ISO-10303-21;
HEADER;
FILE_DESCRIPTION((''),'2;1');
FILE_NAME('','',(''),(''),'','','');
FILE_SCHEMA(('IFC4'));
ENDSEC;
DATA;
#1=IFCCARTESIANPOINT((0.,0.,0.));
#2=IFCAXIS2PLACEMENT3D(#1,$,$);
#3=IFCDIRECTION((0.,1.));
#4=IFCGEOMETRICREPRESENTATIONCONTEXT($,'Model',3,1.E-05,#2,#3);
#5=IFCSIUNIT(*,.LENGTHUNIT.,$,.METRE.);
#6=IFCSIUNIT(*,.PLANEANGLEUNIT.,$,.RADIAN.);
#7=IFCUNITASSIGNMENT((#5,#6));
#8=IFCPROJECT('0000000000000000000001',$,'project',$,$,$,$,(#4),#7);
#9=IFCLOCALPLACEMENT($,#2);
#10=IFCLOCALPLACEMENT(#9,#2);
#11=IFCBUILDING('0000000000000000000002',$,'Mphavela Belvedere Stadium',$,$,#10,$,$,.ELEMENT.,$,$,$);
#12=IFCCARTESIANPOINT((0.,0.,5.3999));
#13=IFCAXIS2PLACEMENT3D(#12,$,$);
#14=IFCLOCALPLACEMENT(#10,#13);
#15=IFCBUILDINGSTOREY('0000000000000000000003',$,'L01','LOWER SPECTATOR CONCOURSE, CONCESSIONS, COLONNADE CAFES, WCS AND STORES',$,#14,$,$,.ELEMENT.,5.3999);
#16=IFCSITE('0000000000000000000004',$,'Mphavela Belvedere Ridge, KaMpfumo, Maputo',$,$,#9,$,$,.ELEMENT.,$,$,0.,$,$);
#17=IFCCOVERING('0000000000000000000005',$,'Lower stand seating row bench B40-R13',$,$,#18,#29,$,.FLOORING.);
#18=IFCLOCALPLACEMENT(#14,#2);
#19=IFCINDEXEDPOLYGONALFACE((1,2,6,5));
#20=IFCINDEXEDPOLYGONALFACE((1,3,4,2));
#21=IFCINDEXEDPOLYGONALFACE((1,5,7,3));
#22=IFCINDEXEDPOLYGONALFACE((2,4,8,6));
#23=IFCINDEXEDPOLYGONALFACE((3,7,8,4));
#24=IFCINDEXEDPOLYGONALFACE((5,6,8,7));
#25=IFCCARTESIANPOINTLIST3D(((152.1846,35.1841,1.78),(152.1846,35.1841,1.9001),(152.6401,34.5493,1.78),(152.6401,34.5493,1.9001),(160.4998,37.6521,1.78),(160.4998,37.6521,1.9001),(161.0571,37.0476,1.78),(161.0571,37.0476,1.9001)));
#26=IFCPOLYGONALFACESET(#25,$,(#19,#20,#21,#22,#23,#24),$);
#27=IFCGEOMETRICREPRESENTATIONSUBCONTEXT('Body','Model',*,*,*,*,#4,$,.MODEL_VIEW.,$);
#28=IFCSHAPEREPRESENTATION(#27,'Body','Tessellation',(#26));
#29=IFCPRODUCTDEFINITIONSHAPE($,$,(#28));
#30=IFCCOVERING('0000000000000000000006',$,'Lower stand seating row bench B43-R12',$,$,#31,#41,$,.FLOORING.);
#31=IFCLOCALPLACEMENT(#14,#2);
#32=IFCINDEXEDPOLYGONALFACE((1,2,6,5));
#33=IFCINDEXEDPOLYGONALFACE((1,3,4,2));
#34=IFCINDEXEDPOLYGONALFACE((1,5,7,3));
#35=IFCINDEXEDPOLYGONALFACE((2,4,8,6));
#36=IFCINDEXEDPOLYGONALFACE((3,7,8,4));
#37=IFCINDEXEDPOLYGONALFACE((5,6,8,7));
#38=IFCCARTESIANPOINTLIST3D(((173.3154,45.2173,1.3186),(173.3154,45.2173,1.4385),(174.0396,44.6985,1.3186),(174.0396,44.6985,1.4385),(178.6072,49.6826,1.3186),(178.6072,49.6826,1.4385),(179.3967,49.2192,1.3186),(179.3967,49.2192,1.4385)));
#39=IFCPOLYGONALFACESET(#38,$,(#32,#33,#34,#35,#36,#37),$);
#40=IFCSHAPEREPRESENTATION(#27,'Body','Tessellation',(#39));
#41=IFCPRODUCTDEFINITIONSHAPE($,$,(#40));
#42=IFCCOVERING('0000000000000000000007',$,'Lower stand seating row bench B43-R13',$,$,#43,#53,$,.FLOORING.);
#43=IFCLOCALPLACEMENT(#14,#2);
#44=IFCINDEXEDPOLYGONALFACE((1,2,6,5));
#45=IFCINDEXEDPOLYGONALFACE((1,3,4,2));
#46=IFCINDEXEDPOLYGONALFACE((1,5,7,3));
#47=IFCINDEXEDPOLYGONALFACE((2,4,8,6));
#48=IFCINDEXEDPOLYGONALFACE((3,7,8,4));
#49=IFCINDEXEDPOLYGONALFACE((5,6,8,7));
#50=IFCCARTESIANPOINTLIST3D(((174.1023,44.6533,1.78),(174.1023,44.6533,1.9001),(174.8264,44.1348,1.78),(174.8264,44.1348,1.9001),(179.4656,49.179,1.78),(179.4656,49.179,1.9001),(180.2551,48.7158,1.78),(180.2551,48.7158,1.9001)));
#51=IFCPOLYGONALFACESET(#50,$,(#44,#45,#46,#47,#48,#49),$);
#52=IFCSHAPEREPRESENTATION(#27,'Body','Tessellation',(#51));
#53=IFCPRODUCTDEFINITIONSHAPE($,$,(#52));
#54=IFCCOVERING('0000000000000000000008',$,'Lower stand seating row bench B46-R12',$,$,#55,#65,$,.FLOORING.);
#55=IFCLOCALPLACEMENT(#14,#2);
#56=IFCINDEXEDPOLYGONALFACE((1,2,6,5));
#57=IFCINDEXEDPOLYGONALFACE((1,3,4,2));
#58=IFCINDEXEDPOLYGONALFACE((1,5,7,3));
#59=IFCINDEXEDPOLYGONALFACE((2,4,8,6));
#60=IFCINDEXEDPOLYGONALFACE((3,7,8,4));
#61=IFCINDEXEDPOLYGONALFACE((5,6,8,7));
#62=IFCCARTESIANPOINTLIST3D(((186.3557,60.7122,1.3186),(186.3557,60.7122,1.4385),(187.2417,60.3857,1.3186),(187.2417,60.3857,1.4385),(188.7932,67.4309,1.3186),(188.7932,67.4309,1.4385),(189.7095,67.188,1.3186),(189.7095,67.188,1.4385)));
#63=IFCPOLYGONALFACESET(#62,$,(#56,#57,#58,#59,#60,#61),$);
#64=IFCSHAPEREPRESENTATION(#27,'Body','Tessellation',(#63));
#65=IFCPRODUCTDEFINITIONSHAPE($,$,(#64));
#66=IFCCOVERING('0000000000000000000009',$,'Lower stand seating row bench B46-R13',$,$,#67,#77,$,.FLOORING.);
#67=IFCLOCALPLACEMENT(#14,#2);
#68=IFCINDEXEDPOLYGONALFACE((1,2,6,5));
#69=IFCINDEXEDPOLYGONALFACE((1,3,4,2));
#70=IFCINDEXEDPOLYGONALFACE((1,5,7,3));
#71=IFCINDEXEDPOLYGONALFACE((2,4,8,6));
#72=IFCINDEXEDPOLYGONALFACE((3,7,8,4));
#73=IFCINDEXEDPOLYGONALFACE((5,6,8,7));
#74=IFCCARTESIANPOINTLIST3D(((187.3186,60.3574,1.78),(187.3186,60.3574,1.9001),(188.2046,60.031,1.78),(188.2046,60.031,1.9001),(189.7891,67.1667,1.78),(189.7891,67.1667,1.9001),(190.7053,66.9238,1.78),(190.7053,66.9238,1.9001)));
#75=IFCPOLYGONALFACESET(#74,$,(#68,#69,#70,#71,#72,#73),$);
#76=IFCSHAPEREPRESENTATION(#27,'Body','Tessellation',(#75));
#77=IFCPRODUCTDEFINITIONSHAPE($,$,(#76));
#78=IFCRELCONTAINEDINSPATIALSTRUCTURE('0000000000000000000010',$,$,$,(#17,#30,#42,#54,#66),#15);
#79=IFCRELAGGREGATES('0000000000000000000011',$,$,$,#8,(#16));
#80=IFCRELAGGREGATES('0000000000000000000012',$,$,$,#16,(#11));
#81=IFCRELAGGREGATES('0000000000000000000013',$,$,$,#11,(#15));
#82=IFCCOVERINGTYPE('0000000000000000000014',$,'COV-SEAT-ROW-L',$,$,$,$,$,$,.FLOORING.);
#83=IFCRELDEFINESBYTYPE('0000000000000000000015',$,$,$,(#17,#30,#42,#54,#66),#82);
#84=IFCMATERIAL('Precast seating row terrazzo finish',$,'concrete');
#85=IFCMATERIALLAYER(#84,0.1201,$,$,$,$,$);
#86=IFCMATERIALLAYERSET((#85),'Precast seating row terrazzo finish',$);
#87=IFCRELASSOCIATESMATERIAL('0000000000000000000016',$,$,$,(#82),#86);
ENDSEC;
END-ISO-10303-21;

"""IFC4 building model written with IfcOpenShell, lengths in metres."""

from ifc_helpers import new_model, si_unit, direction, frame, origin, place, context, subcontext, project, spatial, polyline, outline, extrude, material, layer, layer_set, type_object, element, save


model = new_model("IFC4")

# Units and contexts
model_context = context("Model", 3, precision=1e-05, world=origin(), true_north=direction((0.0, 1.0)))
body_context = subcontext(model_context, "Body", "Model", "MODEL_VIEW")
ifc_project = project(units=[si_unit("LENGTHUNIT", "METRE"), si_unit("PLANEANGLEUNIT", "RADIAN")], contexts=[model_context])

# Site, building, storey
site_placement = place(None, origin())
site = spatial("IfcSite", under=ifc_project, at=site_placement, Name="Mphavela Belvedere Ridge, KaMpfumo, Maputo", CompositionType="ELEMENT", RefElevation=0.0)
building_placement = place(site_placement, origin())
building = spatial("IfcBuilding", under=site, at=building_placement, Name="Mphavela Belvedere Stadium", CompositionType="ELEMENT")
storey_placement = place(building_placement, frame((0.0, 0.0, 5.3999)))
storey = spatial("IfcBuildingStorey", under=building, at=storey_placement, Name="L01", Description="LOWER SPECTATOR CONCOURSE, CONCESSIONS, COLONNADE CAFES, WCS AND STORES", CompositionType="ELEMENT", Elevation=5.3999)

# Coverings
ifc_material_1 = material(Name="Precast seating row terrazzo finish", Category="concrete")
ifc_layer_1 = layer(ifc_material_1, 0.1201)
ifc_layer_set_1 = layer_set([ifc_layer_1], Name="Precast seating row terrazzo finish")
covering_type = type_object("IfcCoveringType", Name="COV-SEAT-ROW-L", PredefinedType="FLOORING", material=ifc_layer_set_1)
covering_1_placement = place(storey_placement, frame((0.0, 0.0, 1.78)))
element("IfcCovering", 1, at=covering_1_placement, inside=storey, type_object=covering_type, Name="Lower stand seating row bench B40-R13", PredefinedType="FLOORING", context=body_context, shape_type="SweptSolid", body=[
    extrude(outline(polyline([(152.1846, 35.1841), (160.4998, 37.6521), (161.0571, 37.0476), (152.6401, 34.5493), (152.1846, 35.1841)])), origin(), (0.0, 0.0, 1.0), 0.1201),
])
covering_2_placement = place(storey_placement, frame((0.0, 0.0, 1.3186)))
element("IfcCovering", 2, at=covering_2_placement, inside=storey, type_object=covering_type, Name="Lower stand seating row bench B43-R12", PredefinedType="FLOORING", context=body_context, shape_type="SweptSolid", body=[
    extrude(outline(polyline([(173.3154, 45.2173), (178.6072, 49.6826), (179.3967, 49.2192), (174.0396, 44.6985), (173.3154, 45.2173)])), origin(), (0.0, 0.0, 1.0), 0.1199),
])
covering_3_placement = place(storey_placement, frame((0.0, 0.0, 1.78)))
element("IfcCovering", 3, at=covering_3_placement, inside=storey, type_object=covering_type, Name="Lower stand seating row bench B43-R13", PredefinedType="FLOORING", context=body_context, shape_type="SweptSolid", body=[
    extrude(outline(polyline([(174.1023, 44.6533), (179.4656, 49.179), (180.2551, 48.7158), (174.8264, 44.1348), (174.1023, 44.6533)])), origin(), (0.0, 0.0, 1.0), 0.1201),
])
covering_4_placement = place(storey_placement, frame((0.0, 0.0, 1.3186)))
element("IfcCovering", 4, at=covering_4_placement, inside=storey, type_object=covering_type, Name="Lower stand seating row bench B46-R12", PredefinedType="FLOORING", context=body_context, shape_type="SweptSolid", body=[
    extrude(outline(polyline([(186.3557, 60.7122), (188.7932, 67.4309), (189.7095, 67.188), (187.2417, 60.3857), (186.3557, 60.7122)])), origin(), (0.0, 0.0, 1.0), 0.1199),
])
covering_5_placement = place(storey_placement, frame((0.0, 0.0, 1.78)))
element("IfcCovering", 5, at=covering_5_placement, inside=storey, type_object=covering_type, Name="Lower stand seating row bench B46-R13", PredefinedType="FLOORING", context=body_context, shape_type="SweptSolid", body=[
    extrude(outline(polyline([(187.3186, 60.3574), (189.7891, 67.1667), (190.7053, 66.9238), (188.2046, 60.031), (187.3186, 60.3574)])), origin(), (0.0, 0.0, 1.0), 0.1201),
])

save(model, "model.ifc")
